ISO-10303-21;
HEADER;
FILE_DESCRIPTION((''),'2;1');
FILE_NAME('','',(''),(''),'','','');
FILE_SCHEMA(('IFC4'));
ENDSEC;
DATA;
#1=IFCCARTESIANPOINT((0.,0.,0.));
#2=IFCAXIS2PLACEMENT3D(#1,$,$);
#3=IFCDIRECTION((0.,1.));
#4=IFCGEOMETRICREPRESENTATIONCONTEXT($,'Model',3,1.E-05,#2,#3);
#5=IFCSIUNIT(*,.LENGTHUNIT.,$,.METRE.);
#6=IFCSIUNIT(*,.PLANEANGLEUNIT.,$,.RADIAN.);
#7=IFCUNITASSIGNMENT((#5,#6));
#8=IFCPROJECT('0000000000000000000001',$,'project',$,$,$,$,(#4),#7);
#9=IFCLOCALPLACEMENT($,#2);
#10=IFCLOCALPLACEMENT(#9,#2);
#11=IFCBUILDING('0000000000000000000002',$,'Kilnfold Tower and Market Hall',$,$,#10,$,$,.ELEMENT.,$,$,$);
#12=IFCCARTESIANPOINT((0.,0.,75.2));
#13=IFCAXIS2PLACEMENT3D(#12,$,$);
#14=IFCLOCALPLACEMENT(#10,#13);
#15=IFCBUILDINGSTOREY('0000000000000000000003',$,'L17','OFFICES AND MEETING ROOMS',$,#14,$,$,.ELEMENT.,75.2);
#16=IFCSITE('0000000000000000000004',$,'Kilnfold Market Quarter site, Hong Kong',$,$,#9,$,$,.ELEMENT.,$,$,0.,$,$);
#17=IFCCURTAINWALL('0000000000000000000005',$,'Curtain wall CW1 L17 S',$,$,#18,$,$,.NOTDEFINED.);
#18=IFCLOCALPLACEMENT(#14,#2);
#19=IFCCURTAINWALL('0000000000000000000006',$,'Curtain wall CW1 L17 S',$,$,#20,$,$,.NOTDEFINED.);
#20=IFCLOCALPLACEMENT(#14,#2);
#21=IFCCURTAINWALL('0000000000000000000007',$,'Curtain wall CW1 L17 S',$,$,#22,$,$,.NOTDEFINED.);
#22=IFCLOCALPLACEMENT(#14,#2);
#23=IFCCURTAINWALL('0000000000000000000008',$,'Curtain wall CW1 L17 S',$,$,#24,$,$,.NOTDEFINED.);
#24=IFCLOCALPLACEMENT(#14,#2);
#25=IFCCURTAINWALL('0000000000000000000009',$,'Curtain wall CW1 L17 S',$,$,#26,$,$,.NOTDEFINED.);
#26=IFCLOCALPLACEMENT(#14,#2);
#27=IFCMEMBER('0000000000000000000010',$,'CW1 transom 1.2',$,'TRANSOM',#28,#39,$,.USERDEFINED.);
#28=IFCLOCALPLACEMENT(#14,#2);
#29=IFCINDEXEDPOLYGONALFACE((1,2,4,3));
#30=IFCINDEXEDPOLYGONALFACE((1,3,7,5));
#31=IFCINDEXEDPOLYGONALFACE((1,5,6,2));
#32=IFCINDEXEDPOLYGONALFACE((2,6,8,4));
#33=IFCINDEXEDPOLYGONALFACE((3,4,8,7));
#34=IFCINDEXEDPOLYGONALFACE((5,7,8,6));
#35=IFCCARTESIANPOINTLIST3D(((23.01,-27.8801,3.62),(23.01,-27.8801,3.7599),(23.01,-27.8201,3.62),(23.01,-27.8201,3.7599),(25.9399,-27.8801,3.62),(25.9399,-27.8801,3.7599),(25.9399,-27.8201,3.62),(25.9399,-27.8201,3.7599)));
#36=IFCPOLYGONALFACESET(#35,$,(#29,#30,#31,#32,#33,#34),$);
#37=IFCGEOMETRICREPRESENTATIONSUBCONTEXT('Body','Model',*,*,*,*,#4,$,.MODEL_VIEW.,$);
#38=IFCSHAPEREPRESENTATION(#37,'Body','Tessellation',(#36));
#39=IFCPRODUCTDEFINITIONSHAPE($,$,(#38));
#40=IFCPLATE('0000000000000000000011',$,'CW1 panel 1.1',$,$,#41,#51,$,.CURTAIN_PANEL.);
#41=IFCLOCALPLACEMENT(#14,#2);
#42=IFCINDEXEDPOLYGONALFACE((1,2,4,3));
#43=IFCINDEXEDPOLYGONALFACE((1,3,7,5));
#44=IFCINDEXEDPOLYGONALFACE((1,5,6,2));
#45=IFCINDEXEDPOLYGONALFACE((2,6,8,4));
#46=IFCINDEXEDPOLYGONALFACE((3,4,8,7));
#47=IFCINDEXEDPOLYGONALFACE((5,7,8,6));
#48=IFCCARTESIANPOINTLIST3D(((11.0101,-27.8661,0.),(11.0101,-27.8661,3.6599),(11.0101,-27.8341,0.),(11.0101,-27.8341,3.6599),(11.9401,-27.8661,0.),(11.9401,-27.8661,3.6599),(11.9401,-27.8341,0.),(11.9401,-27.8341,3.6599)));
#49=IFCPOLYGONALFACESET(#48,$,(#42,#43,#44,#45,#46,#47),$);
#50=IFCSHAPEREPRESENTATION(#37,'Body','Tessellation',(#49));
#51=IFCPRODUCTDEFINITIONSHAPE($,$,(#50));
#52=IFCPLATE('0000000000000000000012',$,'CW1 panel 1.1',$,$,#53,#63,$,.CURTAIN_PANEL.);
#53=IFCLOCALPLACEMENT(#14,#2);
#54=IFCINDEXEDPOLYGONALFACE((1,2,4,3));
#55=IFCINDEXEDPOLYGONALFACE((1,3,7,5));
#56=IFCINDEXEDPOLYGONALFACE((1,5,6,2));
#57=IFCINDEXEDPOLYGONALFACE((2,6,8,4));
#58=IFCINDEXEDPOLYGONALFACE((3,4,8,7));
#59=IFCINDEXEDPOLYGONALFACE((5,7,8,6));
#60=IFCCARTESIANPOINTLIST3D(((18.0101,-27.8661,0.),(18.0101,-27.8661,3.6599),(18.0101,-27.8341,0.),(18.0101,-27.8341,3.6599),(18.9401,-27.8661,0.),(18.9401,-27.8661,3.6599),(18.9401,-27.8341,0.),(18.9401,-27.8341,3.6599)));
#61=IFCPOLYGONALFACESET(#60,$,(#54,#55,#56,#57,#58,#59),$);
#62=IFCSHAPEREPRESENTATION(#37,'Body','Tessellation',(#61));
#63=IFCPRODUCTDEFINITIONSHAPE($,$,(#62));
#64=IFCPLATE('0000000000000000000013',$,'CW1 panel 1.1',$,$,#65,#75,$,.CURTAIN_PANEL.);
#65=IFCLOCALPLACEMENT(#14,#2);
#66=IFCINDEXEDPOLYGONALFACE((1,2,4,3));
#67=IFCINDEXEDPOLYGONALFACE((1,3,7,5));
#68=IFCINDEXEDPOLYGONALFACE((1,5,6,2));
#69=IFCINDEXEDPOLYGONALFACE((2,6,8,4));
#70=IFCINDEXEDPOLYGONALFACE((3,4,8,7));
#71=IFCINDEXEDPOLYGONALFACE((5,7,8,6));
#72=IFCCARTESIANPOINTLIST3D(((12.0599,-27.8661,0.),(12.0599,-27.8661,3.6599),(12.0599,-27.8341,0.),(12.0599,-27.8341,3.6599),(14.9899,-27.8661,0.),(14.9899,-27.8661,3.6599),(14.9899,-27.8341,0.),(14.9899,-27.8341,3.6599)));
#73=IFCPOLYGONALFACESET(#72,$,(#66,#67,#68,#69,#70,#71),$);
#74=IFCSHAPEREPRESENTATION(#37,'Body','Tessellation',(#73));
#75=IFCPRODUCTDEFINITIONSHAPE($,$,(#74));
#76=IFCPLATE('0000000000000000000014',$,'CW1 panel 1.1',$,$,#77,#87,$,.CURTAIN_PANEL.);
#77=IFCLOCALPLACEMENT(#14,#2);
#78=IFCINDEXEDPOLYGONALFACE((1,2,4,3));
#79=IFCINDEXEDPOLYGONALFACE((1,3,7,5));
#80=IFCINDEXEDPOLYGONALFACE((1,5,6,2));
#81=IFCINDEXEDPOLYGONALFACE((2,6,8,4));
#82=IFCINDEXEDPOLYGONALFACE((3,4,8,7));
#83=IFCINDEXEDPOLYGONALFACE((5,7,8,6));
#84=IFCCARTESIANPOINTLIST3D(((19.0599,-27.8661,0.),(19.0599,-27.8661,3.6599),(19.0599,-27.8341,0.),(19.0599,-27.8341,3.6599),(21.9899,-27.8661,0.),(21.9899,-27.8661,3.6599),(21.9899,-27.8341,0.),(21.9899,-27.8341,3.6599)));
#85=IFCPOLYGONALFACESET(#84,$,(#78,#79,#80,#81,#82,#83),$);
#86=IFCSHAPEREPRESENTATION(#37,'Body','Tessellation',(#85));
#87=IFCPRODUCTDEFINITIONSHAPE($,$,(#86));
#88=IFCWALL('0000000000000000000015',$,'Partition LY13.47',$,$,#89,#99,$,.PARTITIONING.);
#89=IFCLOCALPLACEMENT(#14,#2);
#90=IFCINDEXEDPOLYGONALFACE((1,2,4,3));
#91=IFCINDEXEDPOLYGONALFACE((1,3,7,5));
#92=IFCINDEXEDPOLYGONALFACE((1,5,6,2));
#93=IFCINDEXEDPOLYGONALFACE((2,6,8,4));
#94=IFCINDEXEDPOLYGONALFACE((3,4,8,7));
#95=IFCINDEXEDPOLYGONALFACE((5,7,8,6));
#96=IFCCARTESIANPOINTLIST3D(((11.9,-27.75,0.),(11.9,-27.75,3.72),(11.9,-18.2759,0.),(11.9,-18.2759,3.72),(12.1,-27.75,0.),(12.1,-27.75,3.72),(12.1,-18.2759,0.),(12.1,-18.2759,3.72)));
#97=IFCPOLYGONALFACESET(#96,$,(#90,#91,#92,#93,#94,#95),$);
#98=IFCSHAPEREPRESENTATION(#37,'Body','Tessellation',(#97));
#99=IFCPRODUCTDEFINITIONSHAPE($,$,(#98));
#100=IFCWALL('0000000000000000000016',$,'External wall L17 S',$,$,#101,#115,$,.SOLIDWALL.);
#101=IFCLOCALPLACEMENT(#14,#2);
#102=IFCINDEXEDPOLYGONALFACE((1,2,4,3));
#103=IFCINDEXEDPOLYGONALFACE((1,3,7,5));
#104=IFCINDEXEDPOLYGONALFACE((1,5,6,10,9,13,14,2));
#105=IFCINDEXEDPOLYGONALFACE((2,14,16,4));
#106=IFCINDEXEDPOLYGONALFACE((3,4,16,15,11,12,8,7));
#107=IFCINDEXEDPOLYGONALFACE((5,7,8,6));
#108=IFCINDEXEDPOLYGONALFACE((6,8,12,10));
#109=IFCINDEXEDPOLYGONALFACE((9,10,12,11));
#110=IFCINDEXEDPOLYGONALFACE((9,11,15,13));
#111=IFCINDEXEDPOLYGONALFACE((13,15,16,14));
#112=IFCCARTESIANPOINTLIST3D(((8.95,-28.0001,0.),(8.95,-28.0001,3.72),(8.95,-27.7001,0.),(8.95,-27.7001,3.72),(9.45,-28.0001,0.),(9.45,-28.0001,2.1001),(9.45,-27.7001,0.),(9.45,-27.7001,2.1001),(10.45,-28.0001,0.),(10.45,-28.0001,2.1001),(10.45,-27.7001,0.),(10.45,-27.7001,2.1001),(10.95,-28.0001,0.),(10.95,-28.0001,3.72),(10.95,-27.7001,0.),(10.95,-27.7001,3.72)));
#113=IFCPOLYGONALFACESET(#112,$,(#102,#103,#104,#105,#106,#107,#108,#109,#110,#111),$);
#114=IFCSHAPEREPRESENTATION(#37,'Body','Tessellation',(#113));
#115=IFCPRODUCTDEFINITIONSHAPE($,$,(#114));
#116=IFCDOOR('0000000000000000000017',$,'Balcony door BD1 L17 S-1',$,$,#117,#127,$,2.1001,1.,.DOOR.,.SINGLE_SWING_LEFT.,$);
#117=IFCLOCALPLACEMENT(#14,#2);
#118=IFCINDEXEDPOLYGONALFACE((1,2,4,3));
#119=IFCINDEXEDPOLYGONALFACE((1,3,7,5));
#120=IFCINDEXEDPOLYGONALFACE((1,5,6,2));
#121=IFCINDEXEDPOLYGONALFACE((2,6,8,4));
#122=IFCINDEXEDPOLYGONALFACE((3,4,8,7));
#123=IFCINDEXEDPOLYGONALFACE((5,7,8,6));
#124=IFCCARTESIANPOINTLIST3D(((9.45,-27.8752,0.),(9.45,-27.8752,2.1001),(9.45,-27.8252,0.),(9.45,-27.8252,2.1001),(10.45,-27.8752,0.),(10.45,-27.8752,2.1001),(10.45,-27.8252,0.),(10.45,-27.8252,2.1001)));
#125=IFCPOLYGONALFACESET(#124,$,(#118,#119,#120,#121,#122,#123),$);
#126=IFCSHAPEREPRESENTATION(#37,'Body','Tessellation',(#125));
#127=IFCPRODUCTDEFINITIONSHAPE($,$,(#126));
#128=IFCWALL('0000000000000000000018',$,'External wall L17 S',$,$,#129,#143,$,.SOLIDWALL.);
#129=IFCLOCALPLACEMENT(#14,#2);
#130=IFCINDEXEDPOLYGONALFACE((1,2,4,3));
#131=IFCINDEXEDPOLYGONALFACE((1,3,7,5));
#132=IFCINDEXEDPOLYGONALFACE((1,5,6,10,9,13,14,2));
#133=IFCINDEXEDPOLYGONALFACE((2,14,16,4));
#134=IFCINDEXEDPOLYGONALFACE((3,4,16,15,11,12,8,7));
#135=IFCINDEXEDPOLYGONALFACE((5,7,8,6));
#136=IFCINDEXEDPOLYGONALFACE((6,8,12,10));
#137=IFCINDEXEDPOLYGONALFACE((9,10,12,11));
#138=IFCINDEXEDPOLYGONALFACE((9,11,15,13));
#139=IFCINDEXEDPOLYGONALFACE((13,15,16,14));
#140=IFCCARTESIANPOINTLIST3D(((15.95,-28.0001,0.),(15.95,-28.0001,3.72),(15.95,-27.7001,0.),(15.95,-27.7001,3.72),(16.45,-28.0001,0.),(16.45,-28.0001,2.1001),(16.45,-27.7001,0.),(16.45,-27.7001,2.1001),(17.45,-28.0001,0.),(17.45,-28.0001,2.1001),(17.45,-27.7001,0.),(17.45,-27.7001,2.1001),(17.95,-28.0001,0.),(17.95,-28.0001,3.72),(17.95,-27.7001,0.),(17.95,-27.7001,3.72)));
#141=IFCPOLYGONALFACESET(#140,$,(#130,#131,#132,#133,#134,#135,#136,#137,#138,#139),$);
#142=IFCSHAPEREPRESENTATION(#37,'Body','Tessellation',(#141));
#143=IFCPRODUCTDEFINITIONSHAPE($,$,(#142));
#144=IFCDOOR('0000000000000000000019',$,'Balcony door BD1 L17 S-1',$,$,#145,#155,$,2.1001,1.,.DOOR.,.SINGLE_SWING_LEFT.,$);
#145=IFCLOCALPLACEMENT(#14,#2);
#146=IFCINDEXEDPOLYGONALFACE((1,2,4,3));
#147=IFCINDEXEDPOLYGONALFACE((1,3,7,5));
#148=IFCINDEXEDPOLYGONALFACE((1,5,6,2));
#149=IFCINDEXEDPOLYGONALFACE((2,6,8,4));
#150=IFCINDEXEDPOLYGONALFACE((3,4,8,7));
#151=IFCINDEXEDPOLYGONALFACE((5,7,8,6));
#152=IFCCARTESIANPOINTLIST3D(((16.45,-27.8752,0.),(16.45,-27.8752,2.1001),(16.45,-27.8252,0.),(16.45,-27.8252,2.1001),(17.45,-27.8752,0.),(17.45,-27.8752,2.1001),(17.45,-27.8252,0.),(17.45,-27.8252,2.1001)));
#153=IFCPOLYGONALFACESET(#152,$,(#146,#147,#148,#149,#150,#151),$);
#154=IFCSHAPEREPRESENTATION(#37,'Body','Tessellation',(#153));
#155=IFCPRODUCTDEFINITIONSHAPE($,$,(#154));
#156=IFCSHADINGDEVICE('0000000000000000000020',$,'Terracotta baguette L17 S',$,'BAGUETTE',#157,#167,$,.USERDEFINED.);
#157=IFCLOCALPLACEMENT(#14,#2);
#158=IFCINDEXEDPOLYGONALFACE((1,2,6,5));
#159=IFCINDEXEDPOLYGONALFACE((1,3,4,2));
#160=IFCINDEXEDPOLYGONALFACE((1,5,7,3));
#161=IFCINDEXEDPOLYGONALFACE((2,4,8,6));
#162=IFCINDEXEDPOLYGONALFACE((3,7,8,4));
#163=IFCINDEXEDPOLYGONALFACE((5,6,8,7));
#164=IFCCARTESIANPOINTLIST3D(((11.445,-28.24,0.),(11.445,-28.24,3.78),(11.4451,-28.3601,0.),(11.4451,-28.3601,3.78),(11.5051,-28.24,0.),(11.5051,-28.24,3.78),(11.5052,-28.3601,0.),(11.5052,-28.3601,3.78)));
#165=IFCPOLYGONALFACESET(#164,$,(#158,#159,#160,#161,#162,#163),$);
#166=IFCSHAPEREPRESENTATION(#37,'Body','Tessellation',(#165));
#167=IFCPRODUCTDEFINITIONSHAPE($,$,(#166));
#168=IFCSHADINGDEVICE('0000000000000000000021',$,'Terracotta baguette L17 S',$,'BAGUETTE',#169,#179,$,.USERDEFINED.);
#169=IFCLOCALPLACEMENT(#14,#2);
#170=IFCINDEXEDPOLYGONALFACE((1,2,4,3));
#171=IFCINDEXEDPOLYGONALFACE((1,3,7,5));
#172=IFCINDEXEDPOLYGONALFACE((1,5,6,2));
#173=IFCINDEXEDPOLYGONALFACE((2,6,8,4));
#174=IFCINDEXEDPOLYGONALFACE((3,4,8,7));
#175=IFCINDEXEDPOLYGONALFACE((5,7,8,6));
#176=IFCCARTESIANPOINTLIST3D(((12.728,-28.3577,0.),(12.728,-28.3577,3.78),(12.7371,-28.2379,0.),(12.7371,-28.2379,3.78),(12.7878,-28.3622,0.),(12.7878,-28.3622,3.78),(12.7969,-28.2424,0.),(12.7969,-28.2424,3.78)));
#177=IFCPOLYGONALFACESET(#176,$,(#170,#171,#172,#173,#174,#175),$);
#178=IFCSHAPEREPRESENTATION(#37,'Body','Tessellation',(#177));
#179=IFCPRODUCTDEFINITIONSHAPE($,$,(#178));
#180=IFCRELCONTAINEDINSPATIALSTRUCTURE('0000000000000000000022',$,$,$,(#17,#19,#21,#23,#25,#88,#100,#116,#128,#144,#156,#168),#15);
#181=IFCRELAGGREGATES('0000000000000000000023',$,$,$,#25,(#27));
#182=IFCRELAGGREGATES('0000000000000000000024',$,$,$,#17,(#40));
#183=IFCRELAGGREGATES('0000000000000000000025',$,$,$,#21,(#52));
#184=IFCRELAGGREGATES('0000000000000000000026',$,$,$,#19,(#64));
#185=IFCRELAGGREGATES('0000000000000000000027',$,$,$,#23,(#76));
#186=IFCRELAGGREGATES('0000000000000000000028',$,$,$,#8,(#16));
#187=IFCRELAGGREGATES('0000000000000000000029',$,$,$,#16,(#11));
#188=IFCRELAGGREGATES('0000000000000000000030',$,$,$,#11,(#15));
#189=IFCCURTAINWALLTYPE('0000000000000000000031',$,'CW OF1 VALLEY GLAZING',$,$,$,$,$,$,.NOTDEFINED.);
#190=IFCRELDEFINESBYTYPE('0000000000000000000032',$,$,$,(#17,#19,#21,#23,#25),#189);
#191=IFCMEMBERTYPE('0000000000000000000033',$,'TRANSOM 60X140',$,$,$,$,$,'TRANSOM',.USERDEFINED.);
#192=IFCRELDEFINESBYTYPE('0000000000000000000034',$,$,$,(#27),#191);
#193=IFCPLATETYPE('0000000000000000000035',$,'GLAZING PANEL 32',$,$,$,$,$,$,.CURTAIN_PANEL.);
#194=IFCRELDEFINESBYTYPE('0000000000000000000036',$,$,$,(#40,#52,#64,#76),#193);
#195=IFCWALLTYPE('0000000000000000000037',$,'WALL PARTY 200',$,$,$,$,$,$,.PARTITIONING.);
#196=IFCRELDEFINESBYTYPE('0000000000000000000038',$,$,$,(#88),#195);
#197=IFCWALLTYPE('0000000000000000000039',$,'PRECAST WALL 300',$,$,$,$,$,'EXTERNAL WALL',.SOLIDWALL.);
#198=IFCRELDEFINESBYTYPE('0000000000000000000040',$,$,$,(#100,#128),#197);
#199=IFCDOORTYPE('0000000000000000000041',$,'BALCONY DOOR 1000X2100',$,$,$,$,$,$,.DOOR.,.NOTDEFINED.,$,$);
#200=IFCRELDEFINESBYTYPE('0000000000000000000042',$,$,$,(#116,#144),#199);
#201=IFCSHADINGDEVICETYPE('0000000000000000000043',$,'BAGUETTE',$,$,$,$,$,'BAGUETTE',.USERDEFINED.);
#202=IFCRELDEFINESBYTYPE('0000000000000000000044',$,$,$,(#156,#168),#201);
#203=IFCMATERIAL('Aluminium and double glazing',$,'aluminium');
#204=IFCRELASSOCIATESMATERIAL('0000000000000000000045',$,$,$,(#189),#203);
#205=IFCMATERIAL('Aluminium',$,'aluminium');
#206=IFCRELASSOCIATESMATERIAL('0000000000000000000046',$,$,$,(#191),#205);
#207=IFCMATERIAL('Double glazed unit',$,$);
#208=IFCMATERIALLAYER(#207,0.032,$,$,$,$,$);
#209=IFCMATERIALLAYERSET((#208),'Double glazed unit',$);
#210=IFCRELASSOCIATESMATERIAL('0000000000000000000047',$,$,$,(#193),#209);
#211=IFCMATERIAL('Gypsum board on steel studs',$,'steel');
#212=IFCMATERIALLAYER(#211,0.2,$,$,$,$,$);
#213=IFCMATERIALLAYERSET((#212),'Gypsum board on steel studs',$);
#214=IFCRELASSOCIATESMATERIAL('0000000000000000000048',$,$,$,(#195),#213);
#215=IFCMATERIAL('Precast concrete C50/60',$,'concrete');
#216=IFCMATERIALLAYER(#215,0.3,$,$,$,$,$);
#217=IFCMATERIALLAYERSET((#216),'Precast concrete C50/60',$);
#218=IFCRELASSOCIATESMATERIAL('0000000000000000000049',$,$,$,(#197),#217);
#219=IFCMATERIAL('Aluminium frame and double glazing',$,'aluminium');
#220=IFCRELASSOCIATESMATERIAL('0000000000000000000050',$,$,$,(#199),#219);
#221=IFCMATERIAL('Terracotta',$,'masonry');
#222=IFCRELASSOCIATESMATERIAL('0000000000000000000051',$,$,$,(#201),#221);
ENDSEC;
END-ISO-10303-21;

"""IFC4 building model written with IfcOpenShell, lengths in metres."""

from ifc_helpers import new_model, si_unit, direction, frame, frame_2d, origin, origin_2d, place, context, subcontext, project, spatial, rectangle, extrude, source, transform, mapped, material, layer, layer_set, material_profile, profile_set, type_object, element, fill, aggregate, save


model = new_model("IFC4")

# Units and contexts
model_context = context("Model", 3, precision=1e-05, world=origin(), true_north=direction((0.0, 1.0)))
body_context = subcontext(model_context, "Body", "Model", "MODEL_VIEW")
ifc_project = project(units=[si_unit("LENGTHUNIT", "METRE"), si_unit("PLANEANGLEUNIT", "RADIAN")], contexts=[model_context])

# Site, building, storey
site_placement = place(None, origin())
site = spatial("IfcSite", under=ifc_project, at=site_placement, Name="Kilnfold Market Quarter site, Hong Kong", CompositionType="ELEMENT", RefElevation=0.0)
building_placement = place(site_placement, origin())
building = spatial("IfcBuilding", under=site, at=building_placement, Name="Kilnfold Tower and Market Hall", CompositionType="ELEMENT")
storey_placement = place(building_placement, frame((0.0, 0.0, 75.2)))
storey = spatial("IfcBuildingStorey", under=building, at=storey_placement, Name="L17", Description="OFFICES AND MEETING ROOMS", CompositionType="ELEMENT", Elevation=75.2)

# Curtain walls
ifc_material_1 = material(Name="Aluminium and double glazing", Category="aluminium")
curtain_wall_type = type_object("IfcCurtainWallType", Name="CW OF1 VALLEY GLAZING", PredefinedType="NOTDEFINED", material=ifc_material_1)
curtain_wall_1_placement = place(storey_placement, origin())
curtain_wall_1 = element("IfcCurtainWall", 1, at=curtain_wall_1_placement, inside=storey, type_object=curtain_wall_type, Name="Curtain wall CW1 L17 S", PredefinedType="NOTDEFINED")
curtain_wall_2_placement = place(storey_placement, origin())
curtain_wall_2 = element("IfcCurtainWall", 2, at=curtain_wall_2_placement, inside=storey, type_object=curtain_wall_type, Name="Curtain wall CW1 L17 S", PredefinedType="NOTDEFINED")
curtain_wall_3_placement = place(storey_placement, origin())
curtain_wall_3 = element("IfcCurtainWall", 3, at=curtain_wall_3_placement, inside=storey, type_object=curtain_wall_type, Name="Curtain wall CW1 L17 S", PredefinedType="NOTDEFINED")
curtain_wall_4_placement = place(storey_placement, origin())
curtain_wall_4 = element("IfcCurtainWall", 4, at=curtain_wall_4_placement, inside=storey, type_object=curtain_wall_type, Name="Curtain wall CW1 L17 S", PredefinedType="NOTDEFINED")

# Curtain wall
curtain_wall_5_placement = place(storey_placement, origin())
curtain_wall_5 = element("IfcCurtainWall", 5, at=curtain_wall_5_placement, inside=storey, type_object=curtain_wall_type, Name="Curtain wall CW1 L17 S", PredefinedType="NOTDEFINED")

# Member
ifc_material_2 = material(Name="Aluminium", Category="aluminium")
ifc_material_profile_1 = material_profile(ifc_material_2, rectangle(XDim=0.0601, YDim=0.1399, at=origin_2d()), Name="TRANSOM 60x140")
ifc_profile_set_1 = profile_set([ifc_material_profile_1], Name="Aluminium")
member_type_1 = type_object("IfcMemberType", Name="TRANSOM 60X140", ElementType="TRANSOM", PredefinedType="USERDEFINED", material=ifc_profile_set_1)
shared_shape_1 = source(origin(), body_context, "Body", "SweptSolid", [
    extrude(rectangle(XDim=0.0601, YDim=0.1399, at=origin_2d()), origin(), (0.0, 0.0, 1.0), 2.9299),
])
member_1_placement = place(storey_placement, frame((23.01, -27.8501, 3.6899), z_axis=(1.0, 0.0, 0.0), x_axis=(0.0, 1.0, 0.0)))
member_1 = element("IfcMember", 6, at=member_1_placement, type_object=member_type_1, Name="CW1 transom 1.2", ObjectType="TRANSOM", PredefinedType="USERDEFINED", context=body_context, shape_type="MappedRepresentation", body=[
    mapped(shared_shape_1, transform((0.0, 0.0, 0.0))),
])
aggregate(curtain_wall_5, [member_1])

# Plates
ifc_material_3 = material(Name="Double glazed unit")
ifc_layer_1 = layer(ifc_material_3, 0.032)
ifc_layer_set_1 = layer_set([ifc_layer_1], Name="Double glazed unit")
plate_type = type_object("IfcPlateType", Name="GLAZING PANEL 32", PredefinedType="CURTAIN_PANEL", material=ifc_layer_set_1)
shared_shape_2 = source(origin(), body_context, "Body", "SweptSolid", [
    extrude(rectangle(XDim=0.9299, YDim=0.032, at=origin_2d()), origin(), (0.0, 0.0, 1.0), 3.6599),
])
plate_1_placement = place(storey_placement, frame((11.4751, -27.8501, 0.0), z_axis=(0.0, 0.0, 1.0), x_axis=(1.0, 0.0, 0.0)))
plate_1 = element("IfcPlate", 7, at=plate_1_placement, type_object=plate_type, Name="CW1 panel 1.1", PredefinedType="CURTAIN_PANEL", context=body_context, shape_type="MappedRepresentation", body=[
    mapped(shared_shape_2, transform((0.0, 0.0, 0.0))),
])
aggregate(curtain_wall_1, [plate_1])
plate_2_placement = place(storey_placement, frame((18.4751, -27.8501, 0.0), z_axis=(0.0, 0.0, 1.0), x_axis=(1.0, 0.0, 0.0)))
plate_2 = element("IfcPlate", 8, at=plate_2_placement, type_object=plate_type, Name="CW1 panel 1.1", PredefinedType="CURTAIN_PANEL", context=body_context, shape_type="MappedRepresentation", body=[
    mapped(shared_shape_2, transform((0.0, 0.0, 0.0))),
])
aggregate(curtain_wall_3, [plate_2])
shared_shape_3 = source(origin(), body_context, "Body", "SweptSolid", [
    extrude(rectangle(XDim=2.9299, YDim=0.032, at=origin_2d()), origin(), (0.0, 0.0, 1.0), 3.6599),
])
plate_3_placement = place(storey_placement, frame((13.5249, -27.8501, 0.0), z_axis=(0.0, 0.0, 1.0), x_axis=(1.0, 0.0, 0.0)))
plate_3 = element("IfcPlate", 9, at=plate_3_placement, type_object=plate_type, Name="CW1 panel 1.1", PredefinedType="CURTAIN_PANEL", context=body_context, shape_type="MappedRepresentation", body=[
    mapped(shared_shape_3, transform((0.0, 0.0, 0.0))),
])
aggregate(curtain_wall_2, [plate_3])
plate_4_placement = place(storey_placement, frame((20.5249, -27.8501, 0.0), z_axis=(0.0, 0.0, 1.0), x_axis=(1.0, 0.0, 0.0)))
plate_4 = element("IfcPlate", 10, at=plate_4_placement, type_object=plate_type, Name="CW1 panel 1.1", PredefinedType="CURTAIN_PANEL", context=body_context, shape_type="MappedRepresentation", body=[
    mapped(shared_shape_3, transform((0.0, 0.0, 0.0))),
])
aggregate(curtain_wall_4, [plate_4])

# Wall
ifc_material_4 = material(Name="Gypsum board on steel studs", Category="steel")
ifc_layer_2 = layer(ifc_material_4, 0.2)
ifc_layer_set_2 = layer_set([ifc_layer_2], Name="Gypsum board on steel studs")
wall_type_1 = type_object("IfcWallType", Name="WALL PARTY 200", PredefinedType="PARTITIONING", material=ifc_layer_set_2)
wall_1_placement = place(storey_placement, frame((12.0, -27.75, 0.0), z_axis=(0.0, 0.0, 1.0), x_axis=(0.0, 1.0, 0.0)))
element("IfcWall", 11, at=wall_1_placement, inside=storey, type_object=wall_type_1, Name="Partition LY13.47", PredefinedType="PARTITIONING", context=body_context, shape_type="SweptSolid", body=[
    extrude(rectangle(XDim=9.4741, YDim=0.2, at=frame_2d((4.7371, 0.0))), origin(), (0.0, 0.0, 1.0), 3.72),
])

# Walls, openings, doors
ifc_material_5 = material(Name="Precast concrete C50/60", Category="concrete")
ifc_layer_3 = layer(ifc_material_5, 0.3)
ifc_layer_set_3 = layer_set([ifc_layer_3], Name="Precast concrete C50/60")
wall_type_2 = type_object("IfcWallType", Name="PRECAST WALL 300", ElementType="EXTERNAL WALL", PredefinedType="SOLIDWALL", material=ifc_layer_set_3)
shared_shape_4 = source(origin(), body_context, "Body", "SweptSolid", [
    extrude(rectangle(XDim=2.0, YDim=0.3, at=frame_2d((1.0, 0.0))), origin(), (0.0, 0.0, 1.0), 3.72),
])
wall_2_placement = place(storey_placement, frame((8.95, -27.8501, 0.0), z_axis=(0.0, 0.0, 1.0), x_axis=(1.0, 0.0, 0.0)))
wall_2 = element("IfcWall", 12, at=wall_2_placement, inside=storey, type_object=wall_type_2, Name="External wall L17 S", PredefinedType="SOLIDWALL", context=body_context, shape_type="MappedRepresentation", body=[
    mapped(shared_shape_4, transform((0.0, 0.0, 0.0))),
])
opening_1_placement = place(wall_2_placement, frame((0.5, 0.0, 0.0)))
opening_1 = element("IfcOpeningElement", 13, at=opening_1_placement, cuts=wall_2, PredefinedType="OPENING", context=body_context, shape_type="SweptSolid", body=[
    extrude(rectangle(XDim=1.0, YDim=2.1001, at=frame_2d((0.5, 1.05))), frame((0.0, 0.1602, 0.0), z_axis=(0.0, -1.0, 0.0), x_axis=(1.0, 0.0, 0.0)), (0.0, 0.0, 1.0), 0.3201),
])
ifc_material_6 = material(Name="Aluminium frame and double glazing", Category="aluminium")
door_type = type_object("IfcDoorType", Name="BALCONY DOOR 1000X2100", OperationType="NOTDEFINED", PredefinedType="DOOR", material=ifc_material_6)
door_1_placement = place(opening_1_placement, origin())
door_1 = element("IfcDoor", 14, at=door_1_placement, inside=storey, type_object=door_type, Name="Balcony door BD1 L17 S-1", OperationType="SINGLE_SWING_LEFT", OverallHeight=2.1001, OverallWidth=1.0, PredefinedType="DOOR", context=body_context, shape_type="SweptSolid", body=[
    extrude(rectangle(XDim=1.0, YDim=2.1001, at=frame_2d((0.5, 1.05))), frame((0.0, 0.0249, 0.0), z_axis=(0.0, -1.0, 0.0), x_axis=(1.0, 0.0, 0.0)), (0.0, 0.0, 1.0), 0.05),
])
fill(opening_1, door_1)
wall_3_placement = place(storey_placement, frame((15.95, -27.8501, 0.0), z_axis=(0.0, 0.0, 1.0), x_axis=(1.0, 0.0, 0.0)))
wall_3 = element("IfcWall", 15, at=wall_3_placement, inside=storey, type_object=wall_type_2, Name="External wall L17 S", PredefinedType="SOLIDWALL", context=body_context, shape_type="MappedRepresentation", body=[
    mapped(shared_shape_4, transform((0.0, 0.0, 0.0))),
])
opening_2_placement = place(wall_3_placement, frame((0.5, 0.0, 0.0)))
opening_2 = element("IfcOpeningElement", 16, at=opening_2_placement, cuts=wall_3, PredefinedType="OPENING", context=body_context, shape_type="SweptSolid", body=[
    extrude(rectangle(XDim=1.0, YDim=2.1001, at=frame_2d((0.5, 1.05))), frame((0.0, 0.1602, 0.0), z_axis=(0.0, -1.0, 0.0), x_axis=(1.0, 0.0, 0.0)), (0.0, 0.0, 1.0), 0.3201),
])
door_2_placement = place(opening_2_placement, origin())
door_2 = element("IfcDoor", 17, at=door_2_placement, inside=storey, type_object=door_type, Name="Balcony door BD1 L17 S-1", OperationType="SINGLE_SWING_LEFT", OverallHeight=2.1001, OverallWidth=1.0, PredefinedType="DOOR", context=body_context, shape_type="SweptSolid", body=[
    extrude(rectangle(XDim=1.0, YDim=2.1001, at=frame_2d((0.5, 1.05))), frame((0.0, 0.0249, 0.0), z_axis=(0.0, -1.0, 0.0), x_axis=(1.0, 0.0, 0.0)), (0.0, 0.0, 1.0), 0.05),
])
fill(opening_2, door_2)

# Shading devices
ifc_material_7 = material(Name="Terracotta", Category="masonry")
ifc_material_profile_2 = material_profile(ifc_material_7, rectangle(XDim=0.0601, YDim=0.1201, at=origin_2d()), Name="BAG 60x120")
ifc_profile_set_2 = profile_set([ifc_material_profile_2], Name="Terracotta")
shading_device_type = type_object("IfcShadingDeviceType", Name="BAGUETTE", ElementType="BAGUETTE", PredefinedType="USERDEFINED", material=ifc_profile_set_2)
shared_shape_5 = source(origin(), body_context, "Body", "SweptSolid", [
    extrude(rectangle(XDim=0.0601, YDim=0.1201, at=origin_2d()), origin(), (0.0, 0.0, 1.0), 3.78),
])
for number, where, z_axis, x_axis, name in (
    (18, (11.4751, -28.3, 0.0), (0.0, 0.0, 1.0), (1.0, 0.000438, 0.0), "Terracotta baguette L17 S"),
    (19, (12.7625, -28.3, 0.0), (0.0, 0.0, 1.0), (0.997121, -0.075825, 0.0), "Terracotta baguette L17 S"),
):
    element("IfcShadingDevice", number, at=place(storey_placement, frame(where, z_axis=z_axis, x_axis=x_axis)), inside=storey, type_object=shading_device_type, Name=name, ObjectType="BAGUETTE", PredefinedType="USERDEFINED", context=body_context, shape_type="MappedRepresentation", body=[
        mapped(shared_shape_5, transform((0.0, 0.0, 0.0))),
    ])

save(model, "model.ifc")
